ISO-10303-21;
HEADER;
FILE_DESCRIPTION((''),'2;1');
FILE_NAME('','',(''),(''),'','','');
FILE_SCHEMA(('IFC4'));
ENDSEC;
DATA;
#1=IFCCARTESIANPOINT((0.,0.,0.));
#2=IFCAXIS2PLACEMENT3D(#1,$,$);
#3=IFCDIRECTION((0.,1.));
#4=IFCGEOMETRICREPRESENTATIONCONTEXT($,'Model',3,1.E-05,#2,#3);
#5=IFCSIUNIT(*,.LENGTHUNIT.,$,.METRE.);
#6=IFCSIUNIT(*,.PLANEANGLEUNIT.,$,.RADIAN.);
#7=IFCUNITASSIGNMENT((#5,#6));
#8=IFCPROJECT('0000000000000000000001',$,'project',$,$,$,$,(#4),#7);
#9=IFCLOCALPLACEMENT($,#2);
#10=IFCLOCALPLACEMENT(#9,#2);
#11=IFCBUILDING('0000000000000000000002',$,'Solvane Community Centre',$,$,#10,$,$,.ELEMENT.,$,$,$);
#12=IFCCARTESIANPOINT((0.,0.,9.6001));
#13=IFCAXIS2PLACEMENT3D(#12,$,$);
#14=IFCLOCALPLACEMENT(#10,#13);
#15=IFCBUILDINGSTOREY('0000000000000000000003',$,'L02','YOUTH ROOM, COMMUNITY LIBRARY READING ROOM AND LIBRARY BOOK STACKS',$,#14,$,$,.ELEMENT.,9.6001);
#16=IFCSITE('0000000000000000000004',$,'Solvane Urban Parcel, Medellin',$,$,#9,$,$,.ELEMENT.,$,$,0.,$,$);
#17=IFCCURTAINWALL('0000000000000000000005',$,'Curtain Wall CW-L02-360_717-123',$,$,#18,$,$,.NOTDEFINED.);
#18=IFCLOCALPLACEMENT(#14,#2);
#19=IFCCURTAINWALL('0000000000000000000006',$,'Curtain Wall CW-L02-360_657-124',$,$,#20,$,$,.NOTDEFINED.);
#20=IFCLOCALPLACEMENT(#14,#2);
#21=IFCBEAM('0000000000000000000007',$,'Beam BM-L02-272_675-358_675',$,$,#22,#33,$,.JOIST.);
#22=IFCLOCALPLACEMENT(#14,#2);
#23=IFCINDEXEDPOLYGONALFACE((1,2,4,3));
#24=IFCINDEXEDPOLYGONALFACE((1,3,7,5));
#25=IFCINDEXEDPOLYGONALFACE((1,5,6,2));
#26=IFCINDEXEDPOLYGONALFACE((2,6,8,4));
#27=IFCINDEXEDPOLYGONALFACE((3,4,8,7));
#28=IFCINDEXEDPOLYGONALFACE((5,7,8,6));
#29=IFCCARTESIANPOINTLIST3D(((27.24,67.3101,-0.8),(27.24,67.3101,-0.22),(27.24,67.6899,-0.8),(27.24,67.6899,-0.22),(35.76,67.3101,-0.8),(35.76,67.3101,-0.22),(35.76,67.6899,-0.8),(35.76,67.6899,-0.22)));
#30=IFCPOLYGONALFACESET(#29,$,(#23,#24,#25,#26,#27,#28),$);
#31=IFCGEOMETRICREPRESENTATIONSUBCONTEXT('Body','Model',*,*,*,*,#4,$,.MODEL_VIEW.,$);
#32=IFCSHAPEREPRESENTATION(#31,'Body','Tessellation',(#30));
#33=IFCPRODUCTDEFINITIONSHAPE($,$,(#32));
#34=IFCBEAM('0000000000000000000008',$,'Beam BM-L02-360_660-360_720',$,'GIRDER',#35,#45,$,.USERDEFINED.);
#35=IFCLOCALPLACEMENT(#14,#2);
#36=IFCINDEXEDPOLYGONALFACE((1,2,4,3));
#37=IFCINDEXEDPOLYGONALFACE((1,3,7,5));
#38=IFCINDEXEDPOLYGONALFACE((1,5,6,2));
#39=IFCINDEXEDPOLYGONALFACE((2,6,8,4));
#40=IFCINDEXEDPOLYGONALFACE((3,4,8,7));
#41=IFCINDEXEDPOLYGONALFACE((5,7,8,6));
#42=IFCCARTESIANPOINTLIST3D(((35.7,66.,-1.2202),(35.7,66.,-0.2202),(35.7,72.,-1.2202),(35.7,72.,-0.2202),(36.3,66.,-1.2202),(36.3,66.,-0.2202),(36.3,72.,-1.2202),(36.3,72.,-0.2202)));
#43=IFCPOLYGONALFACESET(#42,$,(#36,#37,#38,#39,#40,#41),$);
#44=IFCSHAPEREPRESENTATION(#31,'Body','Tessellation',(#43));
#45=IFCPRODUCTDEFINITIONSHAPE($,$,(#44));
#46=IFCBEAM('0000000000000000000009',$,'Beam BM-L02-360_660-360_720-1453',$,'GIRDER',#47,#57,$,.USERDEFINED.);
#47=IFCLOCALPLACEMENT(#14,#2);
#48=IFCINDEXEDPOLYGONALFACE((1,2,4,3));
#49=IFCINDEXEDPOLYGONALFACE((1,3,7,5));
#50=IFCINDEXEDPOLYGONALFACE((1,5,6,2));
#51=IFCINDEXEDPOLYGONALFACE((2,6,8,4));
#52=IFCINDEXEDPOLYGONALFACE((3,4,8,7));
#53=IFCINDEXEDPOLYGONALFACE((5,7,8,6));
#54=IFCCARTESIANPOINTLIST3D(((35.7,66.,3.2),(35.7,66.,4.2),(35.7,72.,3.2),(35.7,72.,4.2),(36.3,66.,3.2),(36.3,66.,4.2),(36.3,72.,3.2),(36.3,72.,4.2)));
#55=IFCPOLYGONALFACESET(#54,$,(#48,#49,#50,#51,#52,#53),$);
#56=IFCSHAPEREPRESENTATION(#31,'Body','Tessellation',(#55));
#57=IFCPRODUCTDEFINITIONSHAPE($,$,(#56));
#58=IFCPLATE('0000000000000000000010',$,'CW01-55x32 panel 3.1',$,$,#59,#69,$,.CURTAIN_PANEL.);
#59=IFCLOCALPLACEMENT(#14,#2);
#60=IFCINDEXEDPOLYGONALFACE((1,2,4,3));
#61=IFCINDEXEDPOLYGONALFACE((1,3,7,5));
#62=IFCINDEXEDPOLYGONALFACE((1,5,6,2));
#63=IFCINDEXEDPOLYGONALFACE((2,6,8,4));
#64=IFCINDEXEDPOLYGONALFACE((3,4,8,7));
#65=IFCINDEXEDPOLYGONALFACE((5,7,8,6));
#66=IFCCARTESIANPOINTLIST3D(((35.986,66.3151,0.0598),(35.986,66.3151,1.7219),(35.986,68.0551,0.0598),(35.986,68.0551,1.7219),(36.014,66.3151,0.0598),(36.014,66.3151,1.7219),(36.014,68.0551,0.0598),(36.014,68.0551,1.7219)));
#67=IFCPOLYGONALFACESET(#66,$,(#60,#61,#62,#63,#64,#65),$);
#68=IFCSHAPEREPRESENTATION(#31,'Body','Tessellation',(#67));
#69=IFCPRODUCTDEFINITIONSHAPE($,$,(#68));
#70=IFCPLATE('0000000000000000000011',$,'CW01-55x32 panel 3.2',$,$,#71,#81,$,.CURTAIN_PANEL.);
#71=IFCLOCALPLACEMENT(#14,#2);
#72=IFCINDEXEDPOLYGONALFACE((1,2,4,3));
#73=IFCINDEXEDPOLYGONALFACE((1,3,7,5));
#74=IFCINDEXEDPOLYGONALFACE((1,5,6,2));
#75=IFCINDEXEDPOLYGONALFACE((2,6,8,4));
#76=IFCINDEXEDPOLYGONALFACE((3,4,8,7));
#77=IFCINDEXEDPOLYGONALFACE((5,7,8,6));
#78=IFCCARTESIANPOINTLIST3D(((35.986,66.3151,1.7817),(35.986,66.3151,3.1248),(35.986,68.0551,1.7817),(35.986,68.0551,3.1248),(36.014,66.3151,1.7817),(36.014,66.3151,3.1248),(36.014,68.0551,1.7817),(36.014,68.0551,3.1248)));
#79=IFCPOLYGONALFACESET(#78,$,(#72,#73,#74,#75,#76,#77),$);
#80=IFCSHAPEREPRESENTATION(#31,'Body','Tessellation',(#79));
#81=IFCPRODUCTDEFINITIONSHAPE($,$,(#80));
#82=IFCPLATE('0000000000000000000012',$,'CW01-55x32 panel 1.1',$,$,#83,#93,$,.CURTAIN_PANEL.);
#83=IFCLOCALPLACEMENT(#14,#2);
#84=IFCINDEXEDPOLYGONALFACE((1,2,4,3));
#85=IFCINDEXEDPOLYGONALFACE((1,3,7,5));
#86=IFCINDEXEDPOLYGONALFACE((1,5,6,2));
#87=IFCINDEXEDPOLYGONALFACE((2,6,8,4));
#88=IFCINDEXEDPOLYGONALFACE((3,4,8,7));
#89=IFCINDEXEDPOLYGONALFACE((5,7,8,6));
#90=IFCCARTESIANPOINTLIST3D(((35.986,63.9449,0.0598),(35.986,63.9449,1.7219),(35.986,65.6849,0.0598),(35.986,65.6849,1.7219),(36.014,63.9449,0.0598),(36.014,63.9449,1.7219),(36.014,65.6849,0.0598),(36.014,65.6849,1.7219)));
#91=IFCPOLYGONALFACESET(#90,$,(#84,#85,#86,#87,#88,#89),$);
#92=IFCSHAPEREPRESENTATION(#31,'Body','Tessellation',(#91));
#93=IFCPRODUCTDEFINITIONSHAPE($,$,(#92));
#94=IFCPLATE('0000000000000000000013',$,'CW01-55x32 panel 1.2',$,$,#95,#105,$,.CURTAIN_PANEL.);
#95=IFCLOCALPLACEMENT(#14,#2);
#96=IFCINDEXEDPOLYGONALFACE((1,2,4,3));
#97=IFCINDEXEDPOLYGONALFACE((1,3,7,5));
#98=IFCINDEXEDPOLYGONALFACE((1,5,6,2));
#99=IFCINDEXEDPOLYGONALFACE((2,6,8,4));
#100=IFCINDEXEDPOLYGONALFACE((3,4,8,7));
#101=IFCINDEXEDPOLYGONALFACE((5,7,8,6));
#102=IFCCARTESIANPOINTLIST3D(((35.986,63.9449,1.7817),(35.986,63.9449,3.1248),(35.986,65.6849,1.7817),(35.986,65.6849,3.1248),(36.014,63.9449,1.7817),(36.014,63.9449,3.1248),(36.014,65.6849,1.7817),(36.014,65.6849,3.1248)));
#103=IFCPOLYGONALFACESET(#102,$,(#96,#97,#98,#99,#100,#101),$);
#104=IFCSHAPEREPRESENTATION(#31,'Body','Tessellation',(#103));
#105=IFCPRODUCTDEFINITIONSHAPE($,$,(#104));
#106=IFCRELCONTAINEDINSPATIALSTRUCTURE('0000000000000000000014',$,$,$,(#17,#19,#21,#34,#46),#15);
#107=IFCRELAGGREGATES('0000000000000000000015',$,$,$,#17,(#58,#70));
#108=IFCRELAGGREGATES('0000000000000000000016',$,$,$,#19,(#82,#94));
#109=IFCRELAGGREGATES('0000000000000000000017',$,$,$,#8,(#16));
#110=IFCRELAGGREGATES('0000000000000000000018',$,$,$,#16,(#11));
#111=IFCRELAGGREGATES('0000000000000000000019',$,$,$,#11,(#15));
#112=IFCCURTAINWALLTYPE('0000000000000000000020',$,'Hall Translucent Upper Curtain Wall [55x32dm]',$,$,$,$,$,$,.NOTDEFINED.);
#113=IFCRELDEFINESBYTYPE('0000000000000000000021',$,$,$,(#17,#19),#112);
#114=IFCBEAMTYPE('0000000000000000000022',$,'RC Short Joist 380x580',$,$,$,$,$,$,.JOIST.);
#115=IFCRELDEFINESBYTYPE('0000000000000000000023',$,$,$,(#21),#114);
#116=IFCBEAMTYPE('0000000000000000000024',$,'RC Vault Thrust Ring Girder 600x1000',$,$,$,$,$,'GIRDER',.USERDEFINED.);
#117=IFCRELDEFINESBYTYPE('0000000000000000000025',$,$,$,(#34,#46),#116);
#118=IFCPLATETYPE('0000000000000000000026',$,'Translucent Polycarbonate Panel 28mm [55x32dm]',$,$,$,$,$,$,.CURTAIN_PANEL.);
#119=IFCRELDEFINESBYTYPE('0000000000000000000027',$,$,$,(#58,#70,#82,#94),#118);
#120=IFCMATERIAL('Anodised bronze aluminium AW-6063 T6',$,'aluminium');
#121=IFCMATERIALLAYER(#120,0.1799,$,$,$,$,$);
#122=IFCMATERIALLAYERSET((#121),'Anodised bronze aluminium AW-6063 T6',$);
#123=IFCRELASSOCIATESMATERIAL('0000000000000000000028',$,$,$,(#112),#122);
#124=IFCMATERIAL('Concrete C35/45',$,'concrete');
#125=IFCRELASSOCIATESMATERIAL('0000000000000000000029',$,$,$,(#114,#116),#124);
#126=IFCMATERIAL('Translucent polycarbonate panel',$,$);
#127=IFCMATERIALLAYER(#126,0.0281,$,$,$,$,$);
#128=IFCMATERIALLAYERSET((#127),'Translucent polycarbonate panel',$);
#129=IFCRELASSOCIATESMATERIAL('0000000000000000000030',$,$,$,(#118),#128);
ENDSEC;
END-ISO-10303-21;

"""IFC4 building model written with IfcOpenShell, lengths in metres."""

from ifc_helpers import new_model, si_unit, direction, frame, origin, origin_2d, place, context, subcontext, project, spatial, rectangle, extrude, material, layer, layer_set, material_profile, profile_set, type_object, element, aggregate, save


model = new_model("IFC4")

# Units and contexts
model_context = context("Model", 3, precision=1e-05, world=origin(), true_north=direction((0.0, 1.0)))
body_context = subcontext(model_context, "Body", "Model", "MODEL_VIEW")
ifc_project = project(units=[si_unit("LENGTHUNIT", "METRE"), si_unit("PLANEANGLEUNIT", "RADIAN")], contexts=[model_context])

# Site, building, storey
site_placement = place(None, origin())
site = spatial("IfcSite", under=ifc_project, at=site_placement, Name="Solvane Urban Parcel, Medellin", CompositionType="ELEMENT", RefElevation=0.0)
building_placement = place(site_placement, origin())
building = spatial("IfcBuilding", under=site, at=building_placement, Name="Solvane Community Centre", CompositionType="ELEMENT")
storey_placement = place(building_placement, frame((0.0, 0.0, 9.6001)))
storey = spatial("IfcBuildingStorey", under=building, at=storey_placement, Name="L02", Description="YOUTH ROOM, COMMUNITY LIBRARY READING ROOM AND LIBRARY BOOK STACKS", CompositionType="ELEMENT", Elevation=9.6001)

# Curtain walls
ifc_material_1 = material(Name="Anodised bronze aluminium AW-6063 T6", Category="aluminium")
ifc_layer_1 = layer(ifc_material_1, 0.1799)
ifc_layer_set_1 = layer_set([ifc_layer_1], Name="Anodised bronze aluminium AW-6063 T6")
curtain_wall_type = type_object("IfcCurtainWallType", Name="Hall Translucent Upper Curtain Wall [55x32dm]", PredefinedType="NOTDEFINED", material=ifc_layer_set_1)
curtain_wall_1_placement = place(storey_placement, origin())
curtain_wall_1 = element("IfcCurtainWall", 1, at=curtain_wall_1_placement, inside=storey, type_object=curtain_wall_type, Name="Curtain Wall CW-L02-360_717-123", PredefinedType="NOTDEFINED")
curtain_wall_2_placement = place(storey_placement, origin())
curtain_wall_2 = element("IfcCurtainWall", 2, at=curtain_wall_2_placement, inside=storey, type_object=curtain_wall_type, Name="Curtain Wall CW-L02-360_657-124", PredefinedType="NOTDEFINED")

# Beams
ifc_material_2 = material(Name="Concrete C35/45", Category="concrete")
ifc_material_profile_1 = material_profile(ifc_material_2, rectangle(XDim=0.3799, YDim=0.5801, at=origin_2d()), Name="RC 380x580")
ifc_profile_set_1 = profile_set([ifc_material_profile_1], Name="Concrete C35/45")
beam_type_1 = type_object("IfcBeamType", Name="RC Short Joist 380x580", PredefinedType="JOIST", material=ifc_profile_set_1)
for number, where, z_axis, x_axis, name in (
    (3, (27.24, 67.5, -0.51), (1.0, 0.0, 0.0), (0.0, 1.0, 0.0), "Beam BM-L02-272_675-358_675"),
):
    element("IfcBeam", number, at=place(storey_placement, frame(where, z_axis=z_axis, x_axis=x_axis)), inside=storey, type_object=beam_type_1, Name=name, PredefinedType="JOIST", context=body_context, shape_type="SweptSolid", body=[
        extrude(rectangle(XDim=0.3799, YDim=0.5801, at=origin_2d()), origin(), (0.0, 0.0, 1.0), 8.52),
    ])
ifc_material_profile_2 = material_profile(ifc_material_2, rectangle(XDim=0.6001, YDim=1.0, at=origin_2d()), Name="RC 600x1000")
ifc_profile_set_2 = profile_set([ifc_material_profile_2], Name="Concrete C35/45")
beam_type_2 = type_object("IfcBeamType", Name="RC Vault Thrust Ring Girder 600x1000", ElementType="GIRDER", PredefinedType="USERDEFINED", material=ifc_profile_set_2)
for number, where, z_axis, x_axis, name in (
    (4, (36.0, 66.0, -0.7202), (0.0, 1.0, 0.0), (-1.0, 0.0, 0.0), "Beam BM-L02-360_660-360_720"),
    (5, (36.0, 66.0, 3.7), (0.0, 1.0, 0.0), (-1.0, 0.0, 0.0), "Beam BM-L02-360_660-360_720-1453"),
):
    element("IfcBeam", number, at=place(storey_placement, frame(where, z_axis=z_axis, x_axis=x_axis)), inside=storey, type_object=beam_type_2, Name=name, ObjectType="GIRDER", PredefinedType="USERDEFINED", context=body_context, shape_type="SweptSolid", body=[
        extrude(rectangle(XDim=0.6001, YDim=1.0, at=origin_2d()), origin(), (0.0, 0.0, 1.0), 6.0),
    ])

# Plates
ifc_material_3 = material(Name="Translucent polycarbonate panel")
ifc_layer_2 = layer(ifc_material_3, 0.0281)
ifc_layer_set_2 = layer_set([ifc_layer_2], Name="Translucent polycarbonate panel")
plate_type = type_object("IfcPlateType", Name="Translucent Polycarbonate Panel 28mm [55x32dm]", PredefinedType="CURTAIN_PANEL", material=ifc_layer_set_2)
plate_1_placement = place(storey_placement, frame((36.0, 67.1851, 0.0598), z_axis=(0.0, 0.0, 1.0), x_axis=(0.0, -1.0, 0.0)))
plate_1 = element("IfcPlate", 6, at=plate_1_placement, type_object=plate_type, Name="CW01-55x32 panel 3.1", PredefinedType="CURTAIN_PANEL", context=body_context, shape_type="SweptSolid", body=[
    extrude(rectangle(XDim=1.74, YDim=0.0281, at=origin_2d()), origin(), (0.0, 0.0, 1.0), 1.6621),
])
plate_2_placement = place(storey_placement, frame((36.0, 67.1851, 1.7817), z_axis=(0.0, 0.0, 1.0), x_axis=(0.0, -1.0, 0.0)))
plate_2 = element("IfcPlate", 7, at=plate_2_placement, type_object=plate_type, Name="CW01-55x32 panel 3.2", PredefinedType="CURTAIN_PANEL", context=body_context, shape_type="SweptSolid", body=[
    extrude(rectangle(XDim=1.74, YDim=0.0281, at=origin_2d()), origin(), (0.0, 0.0, 1.0), 1.343),
])
aggregate(curtain_wall_1, [plate_1, plate_2])
plate_3_placement = place(storey_placement, frame((36.0, 64.8149, 0.0598), z_axis=(0.0, 0.0, 1.0), x_axis=(0.0, -1.0, 0.0)))
plate_3 = element("IfcPlate", 8, at=plate_3_placement, type_object=plate_type, Name="CW01-55x32 panel 1.1", PredefinedType="CURTAIN_PANEL", context=body_context, shape_type="SweptSolid", body=[
    extrude(rectangle(XDim=1.74, YDim=0.0281, at=origin_2d()), origin(), (0.0, 0.0, 1.0), 1.6621),
])
plate_4_placement = place(storey_placement, frame((36.0, 64.8149, 1.7817), z_axis=(0.0, 0.0, 1.0), x_axis=(0.0, -1.0, 0.0)))
plate_4 = element("IfcPlate", 9, at=plate_4_placement, type_object=plate_type, Name="CW01-55x32 panel 1.2", PredefinedType="CURTAIN_PANEL", context=body_context, shape_type="SweptSolid", body=[
    extrude(rectangle(XDim=1.74, YDim=0.0281, at=origin_2d()), origin(), (0.0, 0.0, 1.0), 1.343),
])
aggregate(curtain_wall_2, [plate_3, plate_4])

save(model, "model.ifc")
